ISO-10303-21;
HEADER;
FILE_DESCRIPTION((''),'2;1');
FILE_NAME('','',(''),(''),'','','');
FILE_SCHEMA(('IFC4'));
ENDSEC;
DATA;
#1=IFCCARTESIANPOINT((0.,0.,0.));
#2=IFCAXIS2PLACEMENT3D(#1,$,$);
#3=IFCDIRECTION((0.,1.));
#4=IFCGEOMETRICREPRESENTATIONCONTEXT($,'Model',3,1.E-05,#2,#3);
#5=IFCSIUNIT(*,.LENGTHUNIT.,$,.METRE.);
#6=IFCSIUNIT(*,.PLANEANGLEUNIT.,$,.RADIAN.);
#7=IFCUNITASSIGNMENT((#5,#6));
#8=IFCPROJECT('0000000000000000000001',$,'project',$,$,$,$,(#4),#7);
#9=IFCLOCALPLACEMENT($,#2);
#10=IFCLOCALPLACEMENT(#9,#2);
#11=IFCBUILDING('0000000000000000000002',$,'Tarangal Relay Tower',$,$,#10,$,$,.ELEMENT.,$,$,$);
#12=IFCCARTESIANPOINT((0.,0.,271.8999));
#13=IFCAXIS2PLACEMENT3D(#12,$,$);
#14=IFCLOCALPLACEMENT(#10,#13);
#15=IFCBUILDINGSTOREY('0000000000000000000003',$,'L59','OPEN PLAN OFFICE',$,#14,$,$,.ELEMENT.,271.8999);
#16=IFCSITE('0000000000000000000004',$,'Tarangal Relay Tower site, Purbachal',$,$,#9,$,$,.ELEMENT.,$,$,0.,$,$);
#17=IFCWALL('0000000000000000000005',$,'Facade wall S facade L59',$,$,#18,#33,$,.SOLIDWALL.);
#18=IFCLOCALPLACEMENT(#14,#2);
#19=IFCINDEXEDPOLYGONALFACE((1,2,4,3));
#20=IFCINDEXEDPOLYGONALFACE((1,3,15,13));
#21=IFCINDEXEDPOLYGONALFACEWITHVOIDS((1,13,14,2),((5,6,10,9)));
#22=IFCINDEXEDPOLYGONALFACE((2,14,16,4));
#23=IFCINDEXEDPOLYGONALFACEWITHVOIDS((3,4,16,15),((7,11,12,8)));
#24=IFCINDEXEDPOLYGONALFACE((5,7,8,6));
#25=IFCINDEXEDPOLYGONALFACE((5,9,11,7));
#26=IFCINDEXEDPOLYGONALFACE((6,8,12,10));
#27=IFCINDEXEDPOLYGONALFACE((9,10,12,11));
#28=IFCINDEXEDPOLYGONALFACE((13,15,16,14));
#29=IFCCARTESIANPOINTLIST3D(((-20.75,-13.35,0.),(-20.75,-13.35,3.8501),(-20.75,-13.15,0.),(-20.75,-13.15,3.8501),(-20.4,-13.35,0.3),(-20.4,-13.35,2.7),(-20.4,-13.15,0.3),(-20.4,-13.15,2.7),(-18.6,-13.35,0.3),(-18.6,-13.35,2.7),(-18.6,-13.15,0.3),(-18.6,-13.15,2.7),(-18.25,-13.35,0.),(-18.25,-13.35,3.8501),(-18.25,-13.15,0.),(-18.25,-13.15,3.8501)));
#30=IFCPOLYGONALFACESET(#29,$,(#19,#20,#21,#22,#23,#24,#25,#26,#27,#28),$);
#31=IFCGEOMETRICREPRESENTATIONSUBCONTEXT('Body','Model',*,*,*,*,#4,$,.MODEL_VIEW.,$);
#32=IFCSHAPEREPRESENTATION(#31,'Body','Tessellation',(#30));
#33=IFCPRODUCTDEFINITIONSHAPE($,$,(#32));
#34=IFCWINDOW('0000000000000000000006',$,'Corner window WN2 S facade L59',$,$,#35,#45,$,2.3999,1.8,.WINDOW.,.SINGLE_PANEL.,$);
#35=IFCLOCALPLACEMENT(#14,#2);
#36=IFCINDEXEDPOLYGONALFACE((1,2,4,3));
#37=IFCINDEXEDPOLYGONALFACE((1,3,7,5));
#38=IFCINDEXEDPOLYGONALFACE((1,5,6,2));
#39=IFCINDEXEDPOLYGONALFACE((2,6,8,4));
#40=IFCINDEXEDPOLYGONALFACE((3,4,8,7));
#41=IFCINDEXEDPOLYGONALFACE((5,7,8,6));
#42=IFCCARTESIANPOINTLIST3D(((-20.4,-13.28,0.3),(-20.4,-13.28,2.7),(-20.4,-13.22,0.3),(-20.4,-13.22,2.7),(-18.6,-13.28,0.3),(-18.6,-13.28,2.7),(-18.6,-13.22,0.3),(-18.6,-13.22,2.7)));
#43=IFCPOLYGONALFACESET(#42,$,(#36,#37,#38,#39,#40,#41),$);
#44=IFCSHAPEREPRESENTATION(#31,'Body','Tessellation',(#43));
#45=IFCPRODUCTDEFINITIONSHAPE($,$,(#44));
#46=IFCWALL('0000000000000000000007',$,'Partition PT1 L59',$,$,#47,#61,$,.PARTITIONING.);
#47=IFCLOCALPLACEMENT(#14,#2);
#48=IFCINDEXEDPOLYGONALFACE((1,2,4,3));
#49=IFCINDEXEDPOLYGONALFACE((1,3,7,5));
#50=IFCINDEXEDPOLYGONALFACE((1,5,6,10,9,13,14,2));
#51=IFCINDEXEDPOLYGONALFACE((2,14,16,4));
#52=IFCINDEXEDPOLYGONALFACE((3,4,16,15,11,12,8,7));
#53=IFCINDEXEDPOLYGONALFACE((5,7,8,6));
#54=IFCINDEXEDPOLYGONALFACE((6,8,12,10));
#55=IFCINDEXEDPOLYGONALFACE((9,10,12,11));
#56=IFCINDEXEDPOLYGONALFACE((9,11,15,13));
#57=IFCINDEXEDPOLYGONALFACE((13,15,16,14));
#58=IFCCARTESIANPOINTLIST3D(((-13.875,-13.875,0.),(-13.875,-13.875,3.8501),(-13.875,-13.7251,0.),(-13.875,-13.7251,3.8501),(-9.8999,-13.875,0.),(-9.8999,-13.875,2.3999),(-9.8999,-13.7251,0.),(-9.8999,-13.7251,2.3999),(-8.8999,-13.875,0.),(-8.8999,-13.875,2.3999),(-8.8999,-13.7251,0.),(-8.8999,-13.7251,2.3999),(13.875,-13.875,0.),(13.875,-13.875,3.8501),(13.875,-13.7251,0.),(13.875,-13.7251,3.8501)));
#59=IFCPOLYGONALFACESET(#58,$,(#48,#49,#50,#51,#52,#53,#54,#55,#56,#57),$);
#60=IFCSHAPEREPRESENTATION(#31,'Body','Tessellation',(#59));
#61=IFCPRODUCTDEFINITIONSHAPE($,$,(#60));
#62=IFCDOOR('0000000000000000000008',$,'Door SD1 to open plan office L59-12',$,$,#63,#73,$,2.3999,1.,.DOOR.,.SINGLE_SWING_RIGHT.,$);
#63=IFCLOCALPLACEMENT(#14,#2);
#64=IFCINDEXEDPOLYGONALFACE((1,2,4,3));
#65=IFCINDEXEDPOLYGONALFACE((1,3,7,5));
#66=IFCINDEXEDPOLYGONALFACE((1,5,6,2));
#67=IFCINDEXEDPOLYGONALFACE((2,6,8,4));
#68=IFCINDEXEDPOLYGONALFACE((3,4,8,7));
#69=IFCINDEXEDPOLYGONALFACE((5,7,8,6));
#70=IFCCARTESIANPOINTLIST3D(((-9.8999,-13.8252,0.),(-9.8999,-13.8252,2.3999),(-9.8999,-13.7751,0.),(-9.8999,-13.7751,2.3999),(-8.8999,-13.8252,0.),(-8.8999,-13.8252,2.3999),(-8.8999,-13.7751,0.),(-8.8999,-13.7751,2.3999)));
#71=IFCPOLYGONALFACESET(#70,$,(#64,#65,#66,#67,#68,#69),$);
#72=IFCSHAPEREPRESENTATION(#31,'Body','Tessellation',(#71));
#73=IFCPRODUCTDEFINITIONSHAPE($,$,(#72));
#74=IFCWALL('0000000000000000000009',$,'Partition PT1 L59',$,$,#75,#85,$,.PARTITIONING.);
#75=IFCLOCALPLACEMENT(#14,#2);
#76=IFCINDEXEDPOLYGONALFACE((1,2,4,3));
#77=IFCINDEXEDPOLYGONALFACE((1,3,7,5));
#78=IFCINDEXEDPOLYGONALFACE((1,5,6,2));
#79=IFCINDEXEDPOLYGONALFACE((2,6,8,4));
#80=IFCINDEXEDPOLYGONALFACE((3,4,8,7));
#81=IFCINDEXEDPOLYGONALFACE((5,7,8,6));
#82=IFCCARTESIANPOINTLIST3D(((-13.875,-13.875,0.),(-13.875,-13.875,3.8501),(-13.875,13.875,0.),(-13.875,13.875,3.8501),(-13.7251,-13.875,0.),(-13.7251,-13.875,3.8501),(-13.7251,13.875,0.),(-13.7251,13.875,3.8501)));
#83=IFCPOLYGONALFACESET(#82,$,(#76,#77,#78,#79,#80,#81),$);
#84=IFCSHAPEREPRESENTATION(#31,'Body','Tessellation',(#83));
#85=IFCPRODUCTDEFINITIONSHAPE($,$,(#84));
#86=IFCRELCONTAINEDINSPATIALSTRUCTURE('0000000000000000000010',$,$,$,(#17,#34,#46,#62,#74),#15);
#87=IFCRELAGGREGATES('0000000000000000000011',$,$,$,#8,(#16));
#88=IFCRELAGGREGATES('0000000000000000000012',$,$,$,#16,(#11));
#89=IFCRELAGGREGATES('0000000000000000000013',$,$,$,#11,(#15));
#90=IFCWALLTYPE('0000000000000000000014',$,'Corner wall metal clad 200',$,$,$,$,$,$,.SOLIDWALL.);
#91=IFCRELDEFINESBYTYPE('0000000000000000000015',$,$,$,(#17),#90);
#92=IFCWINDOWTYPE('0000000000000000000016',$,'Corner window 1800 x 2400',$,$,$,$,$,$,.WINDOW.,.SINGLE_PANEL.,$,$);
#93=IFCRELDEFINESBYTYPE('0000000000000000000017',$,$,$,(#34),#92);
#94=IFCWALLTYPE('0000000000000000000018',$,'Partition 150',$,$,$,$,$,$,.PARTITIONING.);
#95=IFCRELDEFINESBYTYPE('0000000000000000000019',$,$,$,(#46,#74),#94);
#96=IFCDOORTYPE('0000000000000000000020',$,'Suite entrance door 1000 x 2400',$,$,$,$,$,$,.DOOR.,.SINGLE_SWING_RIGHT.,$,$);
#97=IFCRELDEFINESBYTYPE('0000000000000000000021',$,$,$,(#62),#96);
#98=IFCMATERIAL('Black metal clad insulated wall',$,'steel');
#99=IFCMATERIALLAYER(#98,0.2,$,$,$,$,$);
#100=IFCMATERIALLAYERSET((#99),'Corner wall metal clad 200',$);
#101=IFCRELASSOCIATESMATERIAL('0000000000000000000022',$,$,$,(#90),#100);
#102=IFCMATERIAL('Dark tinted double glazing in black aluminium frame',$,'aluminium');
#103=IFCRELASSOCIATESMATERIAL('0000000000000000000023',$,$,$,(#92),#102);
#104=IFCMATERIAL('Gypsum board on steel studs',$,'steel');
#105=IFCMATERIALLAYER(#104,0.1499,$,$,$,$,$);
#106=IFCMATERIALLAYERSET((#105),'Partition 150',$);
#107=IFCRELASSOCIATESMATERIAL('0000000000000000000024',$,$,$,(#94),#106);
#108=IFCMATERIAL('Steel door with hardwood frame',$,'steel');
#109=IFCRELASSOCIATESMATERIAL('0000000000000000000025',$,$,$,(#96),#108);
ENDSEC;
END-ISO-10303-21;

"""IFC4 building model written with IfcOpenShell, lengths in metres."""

from ifc_helpers import new_model, si_unit, direction, frame, frame_2d, origin, place, context, subcontext, project, spatial, rectangle, extrude, material, layer, layer_set, type_object, element, fill, save


model = new_model("IFC4")

# Units and contexts
model_context = context("Model", 3, precision=1e-05, world=origin(), true_north=direction((0.0, 1.0)))
body_context = subcontext(model_context, "Body", "Model", "MODEL_VIEW")
ifc_project = project(units=[si_unit("LENGTHUNIT", "METRE"), si_unit("PLANEANGLEUNIT", "RADIAN")], contexts=[model_context])

# Site, building, storey
site_placement = place(None, origin())
site = spatial("IfcSite", under=ifc_project, at=site_placement, Name="Tarangal Relay Tower site, Purbachal", CompositionType="ELEMENT", RefElevation=0.0)
building_placement = place(site_placement, origin())
building = spatial("IfcBuilding", under=site, at=building_placement, Name="Tarangal Relay Tower", CompositionType="ELEMENT")
storey_placement = place(building_placement, frame((0.0, 0.0, 271.8999)))
storey = spatial("IfcBuildingStorey", under=building, at=storey_placement, Name="L59", Description="OPEN PLAN OFFICE", CompositionType="ELEMENT", Elevation=271.8999)

# Shared definitions
ifc_material_1 = material(Name="Black metal clad insulated wall", Category="steel")
ifc_layer_1 = layer(ifc_material_1, 0.2)
ifc_layer_set_1 = layer_set([ifc_layer_1], Name="Corner wall metal clad 200")
wall_type_1 = type_object("IfcWallType", Name="Corner wall metal clad 200", PredefinedType="SOLIDWALL", material=ifc_layer_set_1)

# Shared definitions
ifc_material_2 = material(Name="Dark tinted double glazing in black aluminium frame", Category="aluminium")
window_type = type_object("IfcWindowType", Name="Corner window 1800 x 2400", PartitioningType="SINGLE_PANEL", PredefinedType="WINDOW", material=ifc_material_2)

# Wall, opening, window
wall_1_placement = place(storey_placement, frame((-18.25, -13.25, 0.0), z_axis=(0.0, 0.0, 1.0), x_axis=(-1.0, 0.0, 0.0)))
wall_1 = element("IfcWall", 1, at=wall_1_placement, inside=storey, type_object=wall_type_1, Name="Facade wall S facade L59", PredefinedType="SOLIDWALL", context=body_context, shape_type="SweptSolid", body=[
    extrude(rectangle(XDim=2.5, YDim=0.2, at=frame_2d((1.25, 0.0))), origin(), (0.0, 0.0, 1.0), 3.8501),
])
opening_1_placement = place(wall_1_placement, frame((0.3501, 0.0, 0.3)))
opening_1 = element("IfcOpeningElement", 2, at=opening_1_placement, cuts=wall_1, PredefinedType="OPENING", context=body_context, shape_type="SweptSolid", body=[
    extrude(rectangle(XDim=1.8, YDim=2.3999, at=frame_2d((0.8999, 1.2))), frame((0.0, 0.1099, 0.0), z_axis=(0.0, -1.0, 0.0), x_axis=(1.0, 0.0, 0.0)), (0.0, 0.0, 1.0), 0.22),
])
window_1_placement = place(opening_1_placement, origin())
window_1 = element("IfcWindow", 3, at=window_1_placement, inside=storey, type_object=window_type, Name="Corner window WN2 S facade L59", OverallHeight=2.3999, OverallWidth=1.8, PartitioningType="SINGLE_PANEL", PredefinedType="WINDOW", context=body_context, shape_type="SweptSolid", body=[
    extrude(rectangle(XDim=1.8, YDim=2.3999, at=frame_2d((0.8999, 1.2))), frame((0.0, 0.03, 0.0), z_axis=(0.0, -1.0, 0.0), x_axis=(1.0, 0.0, 0.0)), (0.0, 0.0, 1.0), 0.0601),
])
fill(opening_1, window_1)

# Wall, opening, door
ifc_material_3 = material(Name="Gypsum board on steel studs", Category="steel")
ifc_layer_2 = layer(ifc_material_3, 0.1499)
ifc_layer_set_2 = layer_set([ifc_layer_2], Name="Partition 150")
wall_type_2 = type_object("IfcWallType", Name="Partition 150", PredefinedType="PARTITIONING", material=ifc_layer_set_2)
wall_2_placement = place(storey_placement, frame((-13.875, -13.8, 0.0), z_axis=(0.0, 0.0, 1.0), x_axis=(1.0, 0.0, 0.0)))
wall_2 = element("IfcWall", 4, at=wall_2_placement, inside=storey, type_object=wall_type_2, Name="Partition PT1 L59", PredefinedType="PARTITIONING", context=body_context, shape_type="SweptSolid", body=[
    extrude(rectangle(XDim=27.75, YDim=0.1499, at=frame_2d((13.875, 0.0))), origin(), (0.0, 0.0, 1.0), 3.8501),
])
opening_2_placement = place(wall_2_placement, frame((3.9751, 0.0, 0.0)))
opening_2 = element("IfcOpeningElement", 5, at=opening_2_placement, cuts=wall_2, PredefinedType="OPENING", context=body_context, shape_type="SweptSolid", body=[
    extrude(rectangle(XDim=1.0, YDim=2.3999, at=frame_2d((0.5, 1.2))), frame((0.0, 0.085, 0.0), z_axis=(0.0, -1.0, 0.0), x_axis=(1.0, 0.0, 0.0)), (0.0, 0.0, 1.0), 0.1699),
])
ifc_material_4 = material(Name="Steel door with hardwood frame", Category="steel")
door_type_1 = type_object("IfcDoorType", Name="Suite entrance door 1000 x 2400", OperationType="SINGLE_SWING_RIGHT", PredefinedType="DOOR", material=ifc_material_4)
door_1_placement = place(opening_2_placement, origin())
door_1 = element("IfcDoor", 6, at=door_1_placement, inside=storey, type_object=door_type_1, Name="Door SD1 to open plan office L59-12", OperationType="SINGLE_SWING_RIGHT", OverallHeight=2.3999, OverallWidth=1.0, PredefinedType="DOOR", context=body_context, shape_type="SweptSolid", body=[
    extrude(rectangle(XDim=1.0, YDim=2.3999, at=frame_2d((0.5, 1.2))), frame((0.0, 0.0249, 0.0), z_axis=(0.0, -1.0, 0.0), x_axis=(1.0, 0.0, 0.0)), (0.0, 0.0, 1.0), 0.05),
])
fill(opening_2, door_1)

# Wall
wall_3_placement = place(storey_placement, frame((-13.8, -13.875, 0.0), z_axis=(0.0, 0.0, 1.0), x_axis=(0.0, 1.0, 0.0)))
element("IfcWall", 7, at=wall_3_placement, inside=storey, type_object=wall_type_2, Name="Partition PT1 L59", PredefinedType="PARTITIONING", context=body_context, shape_type="SweptSolid", body=[
    extrude(rectangle(XDim=27.75, YDim=0.1499, at=frame_2d((13.875, 0.0))), origin(), (0.0, 0.0, 1.0), 3.8501),
])

save(model, "model.ifc")
